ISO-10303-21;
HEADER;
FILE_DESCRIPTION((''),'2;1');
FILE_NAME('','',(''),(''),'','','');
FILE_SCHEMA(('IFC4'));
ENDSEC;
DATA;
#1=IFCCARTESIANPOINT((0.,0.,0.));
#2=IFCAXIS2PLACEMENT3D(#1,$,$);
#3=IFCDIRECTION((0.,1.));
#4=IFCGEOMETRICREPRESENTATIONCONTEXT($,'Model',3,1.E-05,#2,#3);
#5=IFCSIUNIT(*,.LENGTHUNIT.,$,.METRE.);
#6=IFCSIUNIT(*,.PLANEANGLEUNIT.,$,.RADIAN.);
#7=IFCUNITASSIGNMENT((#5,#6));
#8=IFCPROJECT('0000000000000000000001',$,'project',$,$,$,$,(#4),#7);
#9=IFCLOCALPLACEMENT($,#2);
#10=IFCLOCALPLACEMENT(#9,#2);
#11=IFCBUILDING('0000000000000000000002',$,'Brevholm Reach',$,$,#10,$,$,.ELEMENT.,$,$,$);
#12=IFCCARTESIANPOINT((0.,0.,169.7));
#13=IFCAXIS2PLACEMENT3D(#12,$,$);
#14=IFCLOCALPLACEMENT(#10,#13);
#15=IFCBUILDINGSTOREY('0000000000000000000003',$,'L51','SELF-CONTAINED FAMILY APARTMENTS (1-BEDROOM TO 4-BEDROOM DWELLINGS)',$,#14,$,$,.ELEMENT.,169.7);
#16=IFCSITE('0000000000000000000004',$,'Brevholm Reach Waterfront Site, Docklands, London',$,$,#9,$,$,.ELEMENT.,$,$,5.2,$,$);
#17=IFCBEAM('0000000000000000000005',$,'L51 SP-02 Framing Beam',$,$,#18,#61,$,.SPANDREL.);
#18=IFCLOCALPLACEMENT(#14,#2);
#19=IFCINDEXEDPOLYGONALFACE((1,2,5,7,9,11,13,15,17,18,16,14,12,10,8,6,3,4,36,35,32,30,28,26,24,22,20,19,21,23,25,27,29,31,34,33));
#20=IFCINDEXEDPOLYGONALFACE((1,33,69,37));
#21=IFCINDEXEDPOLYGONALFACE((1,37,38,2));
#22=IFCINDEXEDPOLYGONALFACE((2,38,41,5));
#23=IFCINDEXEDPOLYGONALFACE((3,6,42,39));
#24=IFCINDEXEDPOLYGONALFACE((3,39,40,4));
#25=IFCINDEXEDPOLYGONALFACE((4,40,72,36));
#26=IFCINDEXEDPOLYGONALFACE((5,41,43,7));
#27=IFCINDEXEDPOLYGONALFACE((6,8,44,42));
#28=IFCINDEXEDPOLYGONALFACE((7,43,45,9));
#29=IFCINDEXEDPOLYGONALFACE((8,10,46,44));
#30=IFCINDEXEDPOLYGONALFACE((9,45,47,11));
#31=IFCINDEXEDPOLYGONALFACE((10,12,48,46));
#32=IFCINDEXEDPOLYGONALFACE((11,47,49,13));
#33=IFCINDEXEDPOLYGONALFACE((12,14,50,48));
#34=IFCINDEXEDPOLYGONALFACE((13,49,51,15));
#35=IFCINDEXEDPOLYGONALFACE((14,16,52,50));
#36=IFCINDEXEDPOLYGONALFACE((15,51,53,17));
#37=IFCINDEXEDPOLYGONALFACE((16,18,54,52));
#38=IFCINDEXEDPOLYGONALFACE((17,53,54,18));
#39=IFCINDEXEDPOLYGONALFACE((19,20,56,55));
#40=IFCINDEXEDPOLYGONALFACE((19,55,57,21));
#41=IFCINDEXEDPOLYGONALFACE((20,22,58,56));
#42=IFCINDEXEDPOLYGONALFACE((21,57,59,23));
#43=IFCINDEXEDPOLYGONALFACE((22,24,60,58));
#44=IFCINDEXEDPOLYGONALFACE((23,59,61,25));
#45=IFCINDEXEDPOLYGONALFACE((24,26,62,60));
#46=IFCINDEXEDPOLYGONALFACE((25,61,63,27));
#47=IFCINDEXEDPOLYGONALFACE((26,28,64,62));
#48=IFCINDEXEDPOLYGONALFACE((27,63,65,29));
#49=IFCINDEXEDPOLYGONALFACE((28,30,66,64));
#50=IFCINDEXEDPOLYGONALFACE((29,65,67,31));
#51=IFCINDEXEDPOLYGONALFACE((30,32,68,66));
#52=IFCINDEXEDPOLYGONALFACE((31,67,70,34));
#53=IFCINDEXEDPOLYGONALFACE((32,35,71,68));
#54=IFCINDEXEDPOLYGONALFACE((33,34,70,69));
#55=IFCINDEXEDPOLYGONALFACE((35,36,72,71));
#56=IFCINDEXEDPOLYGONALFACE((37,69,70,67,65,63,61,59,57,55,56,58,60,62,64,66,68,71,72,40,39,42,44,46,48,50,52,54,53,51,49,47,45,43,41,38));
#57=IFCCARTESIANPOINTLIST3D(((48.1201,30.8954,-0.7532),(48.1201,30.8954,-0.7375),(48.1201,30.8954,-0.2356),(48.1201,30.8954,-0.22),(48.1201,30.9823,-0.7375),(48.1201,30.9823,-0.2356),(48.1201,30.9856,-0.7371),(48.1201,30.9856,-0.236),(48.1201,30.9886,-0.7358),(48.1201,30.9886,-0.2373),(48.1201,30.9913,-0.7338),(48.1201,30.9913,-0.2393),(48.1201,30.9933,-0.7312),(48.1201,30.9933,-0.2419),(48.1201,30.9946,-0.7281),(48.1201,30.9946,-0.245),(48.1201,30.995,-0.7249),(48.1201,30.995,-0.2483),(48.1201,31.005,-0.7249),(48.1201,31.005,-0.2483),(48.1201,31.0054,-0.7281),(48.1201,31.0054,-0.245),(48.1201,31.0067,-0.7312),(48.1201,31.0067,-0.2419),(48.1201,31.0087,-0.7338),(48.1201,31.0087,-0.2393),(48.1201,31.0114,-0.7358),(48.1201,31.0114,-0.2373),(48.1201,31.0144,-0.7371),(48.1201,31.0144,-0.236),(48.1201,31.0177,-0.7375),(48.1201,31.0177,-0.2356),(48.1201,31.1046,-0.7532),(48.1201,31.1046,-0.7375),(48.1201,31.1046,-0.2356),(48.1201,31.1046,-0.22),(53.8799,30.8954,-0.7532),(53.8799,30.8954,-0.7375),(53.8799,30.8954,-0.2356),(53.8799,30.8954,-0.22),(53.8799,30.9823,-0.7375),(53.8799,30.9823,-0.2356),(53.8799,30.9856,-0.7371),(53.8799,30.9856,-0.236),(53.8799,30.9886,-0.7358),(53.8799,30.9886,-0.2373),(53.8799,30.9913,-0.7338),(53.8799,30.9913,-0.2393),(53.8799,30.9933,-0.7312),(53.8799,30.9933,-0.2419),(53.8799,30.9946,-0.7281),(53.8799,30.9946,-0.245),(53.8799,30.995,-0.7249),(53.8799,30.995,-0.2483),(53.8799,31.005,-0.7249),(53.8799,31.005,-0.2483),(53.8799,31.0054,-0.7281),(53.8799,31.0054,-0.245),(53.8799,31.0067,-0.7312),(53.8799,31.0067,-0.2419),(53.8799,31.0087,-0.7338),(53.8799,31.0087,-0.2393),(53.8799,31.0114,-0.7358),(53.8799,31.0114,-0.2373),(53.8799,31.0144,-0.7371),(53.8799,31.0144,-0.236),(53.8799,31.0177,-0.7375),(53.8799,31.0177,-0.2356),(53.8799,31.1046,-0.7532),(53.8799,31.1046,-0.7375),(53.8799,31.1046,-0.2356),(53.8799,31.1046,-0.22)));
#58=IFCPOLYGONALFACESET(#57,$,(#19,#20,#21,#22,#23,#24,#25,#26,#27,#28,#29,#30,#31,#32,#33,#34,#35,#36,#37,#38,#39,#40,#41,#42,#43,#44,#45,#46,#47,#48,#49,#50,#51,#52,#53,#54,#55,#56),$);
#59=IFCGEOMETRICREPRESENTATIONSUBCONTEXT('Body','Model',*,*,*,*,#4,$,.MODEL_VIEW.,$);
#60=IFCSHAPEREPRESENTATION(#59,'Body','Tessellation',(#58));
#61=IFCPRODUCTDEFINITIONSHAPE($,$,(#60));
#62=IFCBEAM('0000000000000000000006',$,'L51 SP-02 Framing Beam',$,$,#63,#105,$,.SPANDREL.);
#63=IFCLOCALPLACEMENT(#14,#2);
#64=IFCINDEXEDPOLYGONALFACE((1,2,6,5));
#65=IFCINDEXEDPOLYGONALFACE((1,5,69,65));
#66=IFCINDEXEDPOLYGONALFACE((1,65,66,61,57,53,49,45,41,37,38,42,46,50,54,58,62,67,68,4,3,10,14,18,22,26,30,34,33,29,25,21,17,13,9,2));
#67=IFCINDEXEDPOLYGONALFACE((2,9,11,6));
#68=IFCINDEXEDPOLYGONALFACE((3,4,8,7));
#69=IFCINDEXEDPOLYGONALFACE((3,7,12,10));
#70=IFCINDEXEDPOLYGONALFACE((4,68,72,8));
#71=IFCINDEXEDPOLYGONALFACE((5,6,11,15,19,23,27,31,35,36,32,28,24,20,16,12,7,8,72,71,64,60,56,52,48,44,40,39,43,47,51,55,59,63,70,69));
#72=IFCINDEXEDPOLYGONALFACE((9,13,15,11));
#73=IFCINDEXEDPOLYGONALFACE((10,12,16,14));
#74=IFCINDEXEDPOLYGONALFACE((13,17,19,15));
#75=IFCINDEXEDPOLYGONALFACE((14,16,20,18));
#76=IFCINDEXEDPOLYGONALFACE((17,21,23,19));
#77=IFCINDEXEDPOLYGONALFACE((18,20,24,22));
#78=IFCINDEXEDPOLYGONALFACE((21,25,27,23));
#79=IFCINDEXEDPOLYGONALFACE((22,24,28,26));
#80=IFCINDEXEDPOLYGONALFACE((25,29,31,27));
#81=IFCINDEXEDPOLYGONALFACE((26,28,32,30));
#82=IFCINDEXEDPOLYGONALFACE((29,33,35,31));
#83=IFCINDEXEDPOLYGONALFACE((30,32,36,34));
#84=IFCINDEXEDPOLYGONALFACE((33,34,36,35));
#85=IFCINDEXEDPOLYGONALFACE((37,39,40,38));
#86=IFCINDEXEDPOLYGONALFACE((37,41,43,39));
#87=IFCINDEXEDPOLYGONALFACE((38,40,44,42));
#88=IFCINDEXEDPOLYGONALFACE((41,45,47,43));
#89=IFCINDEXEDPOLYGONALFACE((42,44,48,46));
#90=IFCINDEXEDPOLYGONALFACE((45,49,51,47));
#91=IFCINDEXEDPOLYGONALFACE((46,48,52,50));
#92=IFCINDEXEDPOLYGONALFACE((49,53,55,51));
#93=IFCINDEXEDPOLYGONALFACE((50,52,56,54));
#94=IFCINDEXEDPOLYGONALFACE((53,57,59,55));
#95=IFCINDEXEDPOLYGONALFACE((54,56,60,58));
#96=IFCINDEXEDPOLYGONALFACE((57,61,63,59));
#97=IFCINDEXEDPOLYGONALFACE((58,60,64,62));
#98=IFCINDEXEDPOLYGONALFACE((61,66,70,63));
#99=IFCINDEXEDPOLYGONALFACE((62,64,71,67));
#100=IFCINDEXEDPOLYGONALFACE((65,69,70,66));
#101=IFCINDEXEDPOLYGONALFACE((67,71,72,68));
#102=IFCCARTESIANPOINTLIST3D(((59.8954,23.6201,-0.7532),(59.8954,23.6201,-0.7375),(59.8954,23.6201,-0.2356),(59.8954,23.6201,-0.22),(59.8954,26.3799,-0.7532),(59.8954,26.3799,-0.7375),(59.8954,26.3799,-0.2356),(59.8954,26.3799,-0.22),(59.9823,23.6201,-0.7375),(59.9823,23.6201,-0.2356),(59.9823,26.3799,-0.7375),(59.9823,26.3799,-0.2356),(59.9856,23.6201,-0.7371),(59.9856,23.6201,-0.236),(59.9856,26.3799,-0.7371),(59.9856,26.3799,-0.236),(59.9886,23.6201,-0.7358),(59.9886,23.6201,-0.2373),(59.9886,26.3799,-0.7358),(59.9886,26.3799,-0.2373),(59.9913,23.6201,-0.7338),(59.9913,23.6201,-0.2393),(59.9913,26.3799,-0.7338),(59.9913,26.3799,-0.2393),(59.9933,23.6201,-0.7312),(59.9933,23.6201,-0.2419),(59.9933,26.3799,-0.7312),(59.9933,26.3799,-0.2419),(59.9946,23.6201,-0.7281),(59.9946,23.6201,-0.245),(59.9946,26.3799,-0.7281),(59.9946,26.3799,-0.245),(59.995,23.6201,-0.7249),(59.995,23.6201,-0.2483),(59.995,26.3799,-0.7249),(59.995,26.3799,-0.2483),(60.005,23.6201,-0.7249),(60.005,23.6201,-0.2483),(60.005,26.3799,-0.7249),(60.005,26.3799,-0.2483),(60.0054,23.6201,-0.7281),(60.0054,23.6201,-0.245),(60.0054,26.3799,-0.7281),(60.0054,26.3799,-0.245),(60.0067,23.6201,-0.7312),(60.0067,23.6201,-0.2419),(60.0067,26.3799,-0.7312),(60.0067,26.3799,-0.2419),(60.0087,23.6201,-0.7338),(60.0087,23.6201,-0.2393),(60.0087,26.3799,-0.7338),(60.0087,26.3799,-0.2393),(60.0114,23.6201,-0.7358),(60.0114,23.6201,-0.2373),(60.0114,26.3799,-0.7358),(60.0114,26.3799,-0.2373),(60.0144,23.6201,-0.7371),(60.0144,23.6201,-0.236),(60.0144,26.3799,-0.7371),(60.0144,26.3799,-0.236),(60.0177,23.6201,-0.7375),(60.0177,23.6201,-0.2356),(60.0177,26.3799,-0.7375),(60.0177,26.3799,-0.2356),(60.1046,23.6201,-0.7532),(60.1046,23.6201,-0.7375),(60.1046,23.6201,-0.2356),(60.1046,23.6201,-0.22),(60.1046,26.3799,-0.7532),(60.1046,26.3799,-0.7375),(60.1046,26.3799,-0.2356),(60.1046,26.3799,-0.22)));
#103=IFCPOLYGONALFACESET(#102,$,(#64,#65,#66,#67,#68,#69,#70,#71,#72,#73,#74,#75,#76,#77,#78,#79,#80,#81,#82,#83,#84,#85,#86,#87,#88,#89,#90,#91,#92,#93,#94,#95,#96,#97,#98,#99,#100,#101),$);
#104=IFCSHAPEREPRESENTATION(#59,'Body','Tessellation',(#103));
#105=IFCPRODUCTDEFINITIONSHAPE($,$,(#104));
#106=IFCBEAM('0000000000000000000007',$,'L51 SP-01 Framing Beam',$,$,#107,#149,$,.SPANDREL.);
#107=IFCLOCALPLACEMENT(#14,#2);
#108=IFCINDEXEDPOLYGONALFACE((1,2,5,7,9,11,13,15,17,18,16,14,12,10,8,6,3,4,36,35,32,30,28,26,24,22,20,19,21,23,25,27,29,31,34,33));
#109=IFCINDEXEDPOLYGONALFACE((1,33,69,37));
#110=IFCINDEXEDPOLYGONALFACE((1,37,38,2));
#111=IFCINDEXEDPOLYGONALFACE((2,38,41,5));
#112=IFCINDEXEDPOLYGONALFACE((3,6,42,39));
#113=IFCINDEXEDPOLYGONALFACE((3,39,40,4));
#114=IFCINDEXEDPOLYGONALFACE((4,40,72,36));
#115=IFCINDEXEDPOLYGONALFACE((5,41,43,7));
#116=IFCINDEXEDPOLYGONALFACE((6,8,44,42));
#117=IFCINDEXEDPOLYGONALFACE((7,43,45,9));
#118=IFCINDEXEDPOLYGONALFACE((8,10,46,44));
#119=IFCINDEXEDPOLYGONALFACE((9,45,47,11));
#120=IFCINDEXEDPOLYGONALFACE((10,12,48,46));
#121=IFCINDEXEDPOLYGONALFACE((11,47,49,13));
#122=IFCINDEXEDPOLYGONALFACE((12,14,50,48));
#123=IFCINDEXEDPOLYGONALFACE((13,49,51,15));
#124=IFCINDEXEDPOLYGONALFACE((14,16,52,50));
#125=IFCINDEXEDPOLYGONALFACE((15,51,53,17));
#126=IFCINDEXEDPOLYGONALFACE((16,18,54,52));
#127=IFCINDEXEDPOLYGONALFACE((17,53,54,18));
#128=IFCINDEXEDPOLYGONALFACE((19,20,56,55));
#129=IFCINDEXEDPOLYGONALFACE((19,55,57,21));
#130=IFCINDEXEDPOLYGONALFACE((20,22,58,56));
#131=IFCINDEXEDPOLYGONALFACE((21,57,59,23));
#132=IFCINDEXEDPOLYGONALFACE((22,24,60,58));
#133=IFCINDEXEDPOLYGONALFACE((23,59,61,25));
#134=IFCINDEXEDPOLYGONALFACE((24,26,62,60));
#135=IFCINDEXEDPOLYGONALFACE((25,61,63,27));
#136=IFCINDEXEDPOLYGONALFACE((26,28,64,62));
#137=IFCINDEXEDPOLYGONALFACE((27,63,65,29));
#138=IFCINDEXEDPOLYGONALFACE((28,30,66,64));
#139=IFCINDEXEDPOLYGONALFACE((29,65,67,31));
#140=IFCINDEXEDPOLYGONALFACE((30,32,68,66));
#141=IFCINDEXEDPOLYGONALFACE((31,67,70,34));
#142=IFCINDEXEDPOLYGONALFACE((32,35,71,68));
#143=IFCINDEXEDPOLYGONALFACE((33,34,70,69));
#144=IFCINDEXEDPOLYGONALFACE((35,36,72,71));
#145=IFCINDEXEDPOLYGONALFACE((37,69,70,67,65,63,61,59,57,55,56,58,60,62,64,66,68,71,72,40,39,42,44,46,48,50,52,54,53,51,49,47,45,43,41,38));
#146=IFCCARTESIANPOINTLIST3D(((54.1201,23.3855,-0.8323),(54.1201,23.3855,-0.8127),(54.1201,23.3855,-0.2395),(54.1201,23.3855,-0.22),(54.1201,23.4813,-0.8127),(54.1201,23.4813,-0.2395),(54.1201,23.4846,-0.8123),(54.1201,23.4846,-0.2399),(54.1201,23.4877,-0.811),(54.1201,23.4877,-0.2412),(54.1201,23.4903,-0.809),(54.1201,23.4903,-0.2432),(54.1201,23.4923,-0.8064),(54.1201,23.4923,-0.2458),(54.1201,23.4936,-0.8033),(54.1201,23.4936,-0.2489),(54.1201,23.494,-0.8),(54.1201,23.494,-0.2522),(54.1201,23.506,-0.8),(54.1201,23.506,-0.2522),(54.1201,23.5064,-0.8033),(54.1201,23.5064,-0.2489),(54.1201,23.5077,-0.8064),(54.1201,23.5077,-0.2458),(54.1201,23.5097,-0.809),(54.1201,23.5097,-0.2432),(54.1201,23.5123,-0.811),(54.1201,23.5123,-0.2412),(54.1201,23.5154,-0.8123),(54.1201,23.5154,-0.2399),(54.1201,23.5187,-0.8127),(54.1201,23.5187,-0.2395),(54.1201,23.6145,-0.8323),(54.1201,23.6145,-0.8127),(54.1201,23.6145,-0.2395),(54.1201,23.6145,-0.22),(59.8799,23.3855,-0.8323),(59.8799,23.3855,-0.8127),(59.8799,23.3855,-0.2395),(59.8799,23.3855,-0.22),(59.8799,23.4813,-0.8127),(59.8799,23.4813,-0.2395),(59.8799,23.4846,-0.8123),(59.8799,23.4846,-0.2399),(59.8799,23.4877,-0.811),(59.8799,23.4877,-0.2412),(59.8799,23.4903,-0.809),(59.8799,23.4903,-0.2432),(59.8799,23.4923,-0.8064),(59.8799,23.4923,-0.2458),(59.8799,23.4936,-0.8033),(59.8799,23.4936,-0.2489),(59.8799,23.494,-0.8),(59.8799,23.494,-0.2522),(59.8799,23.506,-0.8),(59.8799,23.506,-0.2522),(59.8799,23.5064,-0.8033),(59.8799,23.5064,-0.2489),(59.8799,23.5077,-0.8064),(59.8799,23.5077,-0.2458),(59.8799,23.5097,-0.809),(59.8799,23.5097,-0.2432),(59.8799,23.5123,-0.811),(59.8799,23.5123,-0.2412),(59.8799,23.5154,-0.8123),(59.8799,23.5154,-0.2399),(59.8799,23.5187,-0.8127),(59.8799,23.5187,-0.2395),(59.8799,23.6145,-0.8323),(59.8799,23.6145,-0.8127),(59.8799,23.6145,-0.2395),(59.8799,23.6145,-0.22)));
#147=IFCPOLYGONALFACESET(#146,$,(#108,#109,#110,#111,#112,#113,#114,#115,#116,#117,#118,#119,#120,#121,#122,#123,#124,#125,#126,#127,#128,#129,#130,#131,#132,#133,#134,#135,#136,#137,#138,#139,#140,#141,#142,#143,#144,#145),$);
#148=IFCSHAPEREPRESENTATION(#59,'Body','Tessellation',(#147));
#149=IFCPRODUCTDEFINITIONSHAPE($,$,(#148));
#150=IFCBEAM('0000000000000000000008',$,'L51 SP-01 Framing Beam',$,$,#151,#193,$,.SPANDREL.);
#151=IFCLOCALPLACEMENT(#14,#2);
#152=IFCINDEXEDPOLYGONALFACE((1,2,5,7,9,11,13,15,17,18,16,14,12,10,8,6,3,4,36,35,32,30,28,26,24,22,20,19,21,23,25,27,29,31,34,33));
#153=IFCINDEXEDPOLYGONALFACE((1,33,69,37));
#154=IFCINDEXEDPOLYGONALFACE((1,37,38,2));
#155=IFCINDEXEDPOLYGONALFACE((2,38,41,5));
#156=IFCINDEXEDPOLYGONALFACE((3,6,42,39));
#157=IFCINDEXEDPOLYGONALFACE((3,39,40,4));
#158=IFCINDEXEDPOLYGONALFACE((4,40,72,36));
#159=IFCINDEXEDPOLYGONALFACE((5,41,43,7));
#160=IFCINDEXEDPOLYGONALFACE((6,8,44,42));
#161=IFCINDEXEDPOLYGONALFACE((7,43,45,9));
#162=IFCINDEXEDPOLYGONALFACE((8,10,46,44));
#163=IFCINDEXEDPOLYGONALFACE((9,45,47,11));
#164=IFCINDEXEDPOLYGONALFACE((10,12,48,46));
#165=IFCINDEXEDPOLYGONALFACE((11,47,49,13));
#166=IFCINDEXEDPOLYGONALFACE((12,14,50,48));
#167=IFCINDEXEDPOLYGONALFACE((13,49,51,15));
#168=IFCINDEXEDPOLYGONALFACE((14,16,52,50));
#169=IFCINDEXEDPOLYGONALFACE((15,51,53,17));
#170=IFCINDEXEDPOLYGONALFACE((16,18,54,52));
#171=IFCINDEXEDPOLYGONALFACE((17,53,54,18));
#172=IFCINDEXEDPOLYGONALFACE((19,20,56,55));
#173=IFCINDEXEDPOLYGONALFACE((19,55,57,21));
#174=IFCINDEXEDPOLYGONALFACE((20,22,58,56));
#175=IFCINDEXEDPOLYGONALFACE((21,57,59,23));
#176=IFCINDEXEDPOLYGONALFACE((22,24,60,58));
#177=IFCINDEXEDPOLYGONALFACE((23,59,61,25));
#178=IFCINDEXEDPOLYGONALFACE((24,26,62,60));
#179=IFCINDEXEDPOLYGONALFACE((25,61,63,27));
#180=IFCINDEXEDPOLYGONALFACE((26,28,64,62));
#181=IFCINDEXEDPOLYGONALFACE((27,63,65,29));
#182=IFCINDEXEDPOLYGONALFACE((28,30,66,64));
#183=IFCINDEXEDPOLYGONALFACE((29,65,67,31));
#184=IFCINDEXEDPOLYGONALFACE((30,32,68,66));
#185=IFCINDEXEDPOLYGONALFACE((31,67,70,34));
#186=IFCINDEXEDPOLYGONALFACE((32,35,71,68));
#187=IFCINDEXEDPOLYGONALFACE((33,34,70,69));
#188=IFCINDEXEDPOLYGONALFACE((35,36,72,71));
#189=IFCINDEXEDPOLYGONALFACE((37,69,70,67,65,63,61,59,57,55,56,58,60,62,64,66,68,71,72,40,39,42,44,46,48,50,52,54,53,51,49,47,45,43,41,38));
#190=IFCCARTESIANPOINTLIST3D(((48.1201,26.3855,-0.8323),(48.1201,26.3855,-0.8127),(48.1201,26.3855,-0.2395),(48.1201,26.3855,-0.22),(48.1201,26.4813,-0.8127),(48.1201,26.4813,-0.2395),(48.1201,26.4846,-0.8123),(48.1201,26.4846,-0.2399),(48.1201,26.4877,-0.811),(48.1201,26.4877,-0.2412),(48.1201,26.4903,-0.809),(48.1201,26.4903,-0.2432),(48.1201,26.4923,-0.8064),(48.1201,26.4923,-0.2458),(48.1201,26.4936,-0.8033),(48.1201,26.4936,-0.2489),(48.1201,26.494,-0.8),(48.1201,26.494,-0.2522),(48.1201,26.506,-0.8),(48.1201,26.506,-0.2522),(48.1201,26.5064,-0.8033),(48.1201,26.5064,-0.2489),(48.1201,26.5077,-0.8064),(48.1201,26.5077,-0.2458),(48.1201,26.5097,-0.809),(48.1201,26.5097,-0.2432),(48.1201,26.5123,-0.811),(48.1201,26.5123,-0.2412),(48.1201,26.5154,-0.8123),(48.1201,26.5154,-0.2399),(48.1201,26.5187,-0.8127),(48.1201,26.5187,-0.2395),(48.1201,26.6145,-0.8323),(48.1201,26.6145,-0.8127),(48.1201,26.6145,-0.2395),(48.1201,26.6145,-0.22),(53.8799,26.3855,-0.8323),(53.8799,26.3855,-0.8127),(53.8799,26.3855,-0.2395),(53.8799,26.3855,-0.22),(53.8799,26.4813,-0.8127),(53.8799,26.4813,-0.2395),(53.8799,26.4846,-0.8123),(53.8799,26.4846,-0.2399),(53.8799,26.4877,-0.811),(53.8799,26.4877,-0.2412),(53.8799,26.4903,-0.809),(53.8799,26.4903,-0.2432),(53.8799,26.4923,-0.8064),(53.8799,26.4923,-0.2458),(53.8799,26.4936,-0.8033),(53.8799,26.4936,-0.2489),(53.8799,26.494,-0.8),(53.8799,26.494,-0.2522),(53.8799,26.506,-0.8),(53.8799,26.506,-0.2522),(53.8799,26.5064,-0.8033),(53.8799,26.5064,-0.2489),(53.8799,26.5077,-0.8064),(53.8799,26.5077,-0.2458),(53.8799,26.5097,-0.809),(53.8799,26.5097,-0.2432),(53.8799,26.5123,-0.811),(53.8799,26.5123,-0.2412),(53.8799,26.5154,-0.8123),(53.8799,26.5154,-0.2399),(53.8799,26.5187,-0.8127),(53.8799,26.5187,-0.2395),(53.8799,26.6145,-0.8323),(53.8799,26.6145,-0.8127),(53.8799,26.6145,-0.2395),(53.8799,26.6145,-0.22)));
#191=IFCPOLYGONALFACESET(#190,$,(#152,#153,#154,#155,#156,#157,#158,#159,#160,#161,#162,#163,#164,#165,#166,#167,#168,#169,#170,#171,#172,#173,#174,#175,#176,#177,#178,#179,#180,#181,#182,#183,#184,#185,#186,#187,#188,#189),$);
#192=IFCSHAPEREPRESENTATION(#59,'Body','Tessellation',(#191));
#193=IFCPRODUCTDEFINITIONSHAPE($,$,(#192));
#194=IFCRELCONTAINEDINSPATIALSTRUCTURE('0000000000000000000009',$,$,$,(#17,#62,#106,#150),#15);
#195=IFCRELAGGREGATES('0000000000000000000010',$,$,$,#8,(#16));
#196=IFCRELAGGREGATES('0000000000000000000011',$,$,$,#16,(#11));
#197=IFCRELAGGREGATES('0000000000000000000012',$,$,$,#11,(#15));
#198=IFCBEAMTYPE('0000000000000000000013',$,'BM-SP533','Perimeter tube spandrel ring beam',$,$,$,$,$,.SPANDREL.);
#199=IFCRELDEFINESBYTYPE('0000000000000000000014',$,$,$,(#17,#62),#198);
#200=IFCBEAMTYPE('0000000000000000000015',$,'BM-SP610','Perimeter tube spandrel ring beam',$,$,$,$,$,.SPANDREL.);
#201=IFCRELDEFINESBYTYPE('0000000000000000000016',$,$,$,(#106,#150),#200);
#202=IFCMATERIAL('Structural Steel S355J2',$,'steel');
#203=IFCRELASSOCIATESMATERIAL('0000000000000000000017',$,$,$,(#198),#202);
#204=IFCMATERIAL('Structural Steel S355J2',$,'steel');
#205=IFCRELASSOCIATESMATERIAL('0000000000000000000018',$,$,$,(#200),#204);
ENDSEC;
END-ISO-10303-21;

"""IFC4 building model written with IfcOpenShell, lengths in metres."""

from ifc_helpers import new_model, si_unit, direction, frame, origin, origin_2d, place, context, subcontext, project, spatial, i_section, extrude, material, material_profile, profile_set, type_object, element, save


model = new_model("IFC4")

# Units and contexts
model_context = context("Model", 3, precision=1e-05, world=origin(), true_north=direction((0.0, 1.0)))
body_context = subcontext(model_context, "Body", "Model", "MODEL_VIEW")
ifc_project = project(units=[si_unit("LENGTHUNIT", "METRE"), si_unit("PLANEANGLEUNIT", "RADIAN")], contexts=[model_context])

# Site, building, storey
site_placement = place(None, origin())
site = spatial("IfcSite", under=ifc_project, at=site_placement, Name="Brevholm Reach Waterfront Site, Docklands, London", CompositionType="ELEMENT", RefElevation=5.2)
building_placement = place(site_placement, origin())
building = spatial("IfcBuilding", under=site, at=building_placement, Name="Brevholm Reach", CompositionType="ELEMENT")
storey_placement = place(building_placement, frame((0.0, 0.0, 169.7)))
storey = spatial("IfcBuildingStorey", under=building, at=storey_placement, Name="L51", Description="SELF-CONTAINED FAMILY APARTMENTS (1-BEDROOM TO 4-BEDROOM DWELLINGS)", CompositionType="ELEMENT", Elevation=169.7)

# Beams
ifc_material_1 = material(Name="Structural Steel S355J2", Category="steel")
ifc_material_profile_1 = material_profile(ifc_material_1, i_section(OverallWidth=0.2092, OverallDepth=0.5332, WebThickness=0.01, FlangeThickness=0.0156, FilletRadius=0.0127, at=origin_2d()), Name="UKB 533x210x92")
ifc_profile_set_1 = profile_set([ifc_material_profile_1], Name="Structural Steel S355J2")
beam_type_1 = type_object("IfcBeamType", Name="BM-SP533", Description="Perimeter tube spandrel ring beam", PredefinedType="SPANDREL", material=ifc_profile_set_1)
beam_1_placement = place(storey_placement, frame((48.1201, 31.0, -0.4866), z_axis=(1.0, 0.0, 0.0), x_axis=(0.0, 1.0, 0.0)))
element("IfcBeam", 1, at=beam_1_placement, inside=storey, type_object=beam_type_1, Name="L51 SP-02 Framing Beam", PredefinedType="SPANDREL", context=body_context, shape_type="SweptSolid", body=[
    extrude(i_section(OverallWidth=0.2092, OverallDepth=0.5332, WebThickness=0.01, FlangeThickness=0.0156, FilletRadius=0.0127, at=origin_2d()), origin(), (0.0, 0.0, 1.0), 5.7598),
])
beam_2_placement = place(storey_placement, frame((60.0, 23.6201, -0.4866), z_axis=(0.0, 1.0, 0.0), x_axis=(-1.0, 0.0, 0.0)))
element("IfcBeam", 2, at=beam_2_placement, inside=storey, type_object=beam_type_1, Name="L51 SP-02 Framing Beam", PredefinedType="SPANDREL", context=body_context, shape_type="SweptSolid", body=[
    extrude(i_section(OverallWidth=0.2092, OverallDepth=0.5332, WebThickness=0.01, FlangeThickness=0.0156, FilletRadius=0.0127, at=origin_2d()), origin(), (0.0, 0.0, 1.0), 2.7598),
])
ifc_material_2 = material(Name="Structural Steel S355J2", Category="steel")
ifc_material_profile_2 = material_profile(ifc_material_2, i_section(OverallWidth=0.229, OverallDepth=0.6123, WebThickness=0.012, FlangeThickness=0.0195, FilletRadius=0.0127, at=origin_2d()), Name="UKB 610x229x125")
ifc_profile_set_2 = profile_set([ifc_material_profile_2], Name="Structural Steel S355J2")
beam_type_2 = type_object("IfcBeamType", Name="BM-SP610", Description="Perimeter tube spandrel ring beam", PredefinedType="SPANDREL", material=ifc_profile_set_2)
for number, where, z_axis, x_axis, name in (
    (3, (54.1201, 23.5, -0.5261), (1.0, 0.0, 0.0), (0.0, 1.0, 0.0), "L51 SP-01 Framing Beam"),
    (4, (48.1201, 26.5, -0.5261), (1.0, 0.0, 0.0), (0.0, 1.0, 0.0), "L51 SP-01 Framing Beam"),
):
    element("IfcBeam", number, at=place(storey_placement, frame(where, z_axis=z_axis, x_axis=x_axis)), inside=storey, type_object=beam_type_2, Name=name, PredefinedType="SPANDREL", context=body_context, shape_type="SweptSolid", body=[
        extrude(i_section(OverallWidth=0.229, OverallDepth=0.6123, WebThickness=0.012, FlangeThickness=0.0195, FilletRadius=0.0127, at=origin_2d()), origin(), (0.0, 0.0, 1.0), 5.7598),
    ])

save(model, "model.ifc")
